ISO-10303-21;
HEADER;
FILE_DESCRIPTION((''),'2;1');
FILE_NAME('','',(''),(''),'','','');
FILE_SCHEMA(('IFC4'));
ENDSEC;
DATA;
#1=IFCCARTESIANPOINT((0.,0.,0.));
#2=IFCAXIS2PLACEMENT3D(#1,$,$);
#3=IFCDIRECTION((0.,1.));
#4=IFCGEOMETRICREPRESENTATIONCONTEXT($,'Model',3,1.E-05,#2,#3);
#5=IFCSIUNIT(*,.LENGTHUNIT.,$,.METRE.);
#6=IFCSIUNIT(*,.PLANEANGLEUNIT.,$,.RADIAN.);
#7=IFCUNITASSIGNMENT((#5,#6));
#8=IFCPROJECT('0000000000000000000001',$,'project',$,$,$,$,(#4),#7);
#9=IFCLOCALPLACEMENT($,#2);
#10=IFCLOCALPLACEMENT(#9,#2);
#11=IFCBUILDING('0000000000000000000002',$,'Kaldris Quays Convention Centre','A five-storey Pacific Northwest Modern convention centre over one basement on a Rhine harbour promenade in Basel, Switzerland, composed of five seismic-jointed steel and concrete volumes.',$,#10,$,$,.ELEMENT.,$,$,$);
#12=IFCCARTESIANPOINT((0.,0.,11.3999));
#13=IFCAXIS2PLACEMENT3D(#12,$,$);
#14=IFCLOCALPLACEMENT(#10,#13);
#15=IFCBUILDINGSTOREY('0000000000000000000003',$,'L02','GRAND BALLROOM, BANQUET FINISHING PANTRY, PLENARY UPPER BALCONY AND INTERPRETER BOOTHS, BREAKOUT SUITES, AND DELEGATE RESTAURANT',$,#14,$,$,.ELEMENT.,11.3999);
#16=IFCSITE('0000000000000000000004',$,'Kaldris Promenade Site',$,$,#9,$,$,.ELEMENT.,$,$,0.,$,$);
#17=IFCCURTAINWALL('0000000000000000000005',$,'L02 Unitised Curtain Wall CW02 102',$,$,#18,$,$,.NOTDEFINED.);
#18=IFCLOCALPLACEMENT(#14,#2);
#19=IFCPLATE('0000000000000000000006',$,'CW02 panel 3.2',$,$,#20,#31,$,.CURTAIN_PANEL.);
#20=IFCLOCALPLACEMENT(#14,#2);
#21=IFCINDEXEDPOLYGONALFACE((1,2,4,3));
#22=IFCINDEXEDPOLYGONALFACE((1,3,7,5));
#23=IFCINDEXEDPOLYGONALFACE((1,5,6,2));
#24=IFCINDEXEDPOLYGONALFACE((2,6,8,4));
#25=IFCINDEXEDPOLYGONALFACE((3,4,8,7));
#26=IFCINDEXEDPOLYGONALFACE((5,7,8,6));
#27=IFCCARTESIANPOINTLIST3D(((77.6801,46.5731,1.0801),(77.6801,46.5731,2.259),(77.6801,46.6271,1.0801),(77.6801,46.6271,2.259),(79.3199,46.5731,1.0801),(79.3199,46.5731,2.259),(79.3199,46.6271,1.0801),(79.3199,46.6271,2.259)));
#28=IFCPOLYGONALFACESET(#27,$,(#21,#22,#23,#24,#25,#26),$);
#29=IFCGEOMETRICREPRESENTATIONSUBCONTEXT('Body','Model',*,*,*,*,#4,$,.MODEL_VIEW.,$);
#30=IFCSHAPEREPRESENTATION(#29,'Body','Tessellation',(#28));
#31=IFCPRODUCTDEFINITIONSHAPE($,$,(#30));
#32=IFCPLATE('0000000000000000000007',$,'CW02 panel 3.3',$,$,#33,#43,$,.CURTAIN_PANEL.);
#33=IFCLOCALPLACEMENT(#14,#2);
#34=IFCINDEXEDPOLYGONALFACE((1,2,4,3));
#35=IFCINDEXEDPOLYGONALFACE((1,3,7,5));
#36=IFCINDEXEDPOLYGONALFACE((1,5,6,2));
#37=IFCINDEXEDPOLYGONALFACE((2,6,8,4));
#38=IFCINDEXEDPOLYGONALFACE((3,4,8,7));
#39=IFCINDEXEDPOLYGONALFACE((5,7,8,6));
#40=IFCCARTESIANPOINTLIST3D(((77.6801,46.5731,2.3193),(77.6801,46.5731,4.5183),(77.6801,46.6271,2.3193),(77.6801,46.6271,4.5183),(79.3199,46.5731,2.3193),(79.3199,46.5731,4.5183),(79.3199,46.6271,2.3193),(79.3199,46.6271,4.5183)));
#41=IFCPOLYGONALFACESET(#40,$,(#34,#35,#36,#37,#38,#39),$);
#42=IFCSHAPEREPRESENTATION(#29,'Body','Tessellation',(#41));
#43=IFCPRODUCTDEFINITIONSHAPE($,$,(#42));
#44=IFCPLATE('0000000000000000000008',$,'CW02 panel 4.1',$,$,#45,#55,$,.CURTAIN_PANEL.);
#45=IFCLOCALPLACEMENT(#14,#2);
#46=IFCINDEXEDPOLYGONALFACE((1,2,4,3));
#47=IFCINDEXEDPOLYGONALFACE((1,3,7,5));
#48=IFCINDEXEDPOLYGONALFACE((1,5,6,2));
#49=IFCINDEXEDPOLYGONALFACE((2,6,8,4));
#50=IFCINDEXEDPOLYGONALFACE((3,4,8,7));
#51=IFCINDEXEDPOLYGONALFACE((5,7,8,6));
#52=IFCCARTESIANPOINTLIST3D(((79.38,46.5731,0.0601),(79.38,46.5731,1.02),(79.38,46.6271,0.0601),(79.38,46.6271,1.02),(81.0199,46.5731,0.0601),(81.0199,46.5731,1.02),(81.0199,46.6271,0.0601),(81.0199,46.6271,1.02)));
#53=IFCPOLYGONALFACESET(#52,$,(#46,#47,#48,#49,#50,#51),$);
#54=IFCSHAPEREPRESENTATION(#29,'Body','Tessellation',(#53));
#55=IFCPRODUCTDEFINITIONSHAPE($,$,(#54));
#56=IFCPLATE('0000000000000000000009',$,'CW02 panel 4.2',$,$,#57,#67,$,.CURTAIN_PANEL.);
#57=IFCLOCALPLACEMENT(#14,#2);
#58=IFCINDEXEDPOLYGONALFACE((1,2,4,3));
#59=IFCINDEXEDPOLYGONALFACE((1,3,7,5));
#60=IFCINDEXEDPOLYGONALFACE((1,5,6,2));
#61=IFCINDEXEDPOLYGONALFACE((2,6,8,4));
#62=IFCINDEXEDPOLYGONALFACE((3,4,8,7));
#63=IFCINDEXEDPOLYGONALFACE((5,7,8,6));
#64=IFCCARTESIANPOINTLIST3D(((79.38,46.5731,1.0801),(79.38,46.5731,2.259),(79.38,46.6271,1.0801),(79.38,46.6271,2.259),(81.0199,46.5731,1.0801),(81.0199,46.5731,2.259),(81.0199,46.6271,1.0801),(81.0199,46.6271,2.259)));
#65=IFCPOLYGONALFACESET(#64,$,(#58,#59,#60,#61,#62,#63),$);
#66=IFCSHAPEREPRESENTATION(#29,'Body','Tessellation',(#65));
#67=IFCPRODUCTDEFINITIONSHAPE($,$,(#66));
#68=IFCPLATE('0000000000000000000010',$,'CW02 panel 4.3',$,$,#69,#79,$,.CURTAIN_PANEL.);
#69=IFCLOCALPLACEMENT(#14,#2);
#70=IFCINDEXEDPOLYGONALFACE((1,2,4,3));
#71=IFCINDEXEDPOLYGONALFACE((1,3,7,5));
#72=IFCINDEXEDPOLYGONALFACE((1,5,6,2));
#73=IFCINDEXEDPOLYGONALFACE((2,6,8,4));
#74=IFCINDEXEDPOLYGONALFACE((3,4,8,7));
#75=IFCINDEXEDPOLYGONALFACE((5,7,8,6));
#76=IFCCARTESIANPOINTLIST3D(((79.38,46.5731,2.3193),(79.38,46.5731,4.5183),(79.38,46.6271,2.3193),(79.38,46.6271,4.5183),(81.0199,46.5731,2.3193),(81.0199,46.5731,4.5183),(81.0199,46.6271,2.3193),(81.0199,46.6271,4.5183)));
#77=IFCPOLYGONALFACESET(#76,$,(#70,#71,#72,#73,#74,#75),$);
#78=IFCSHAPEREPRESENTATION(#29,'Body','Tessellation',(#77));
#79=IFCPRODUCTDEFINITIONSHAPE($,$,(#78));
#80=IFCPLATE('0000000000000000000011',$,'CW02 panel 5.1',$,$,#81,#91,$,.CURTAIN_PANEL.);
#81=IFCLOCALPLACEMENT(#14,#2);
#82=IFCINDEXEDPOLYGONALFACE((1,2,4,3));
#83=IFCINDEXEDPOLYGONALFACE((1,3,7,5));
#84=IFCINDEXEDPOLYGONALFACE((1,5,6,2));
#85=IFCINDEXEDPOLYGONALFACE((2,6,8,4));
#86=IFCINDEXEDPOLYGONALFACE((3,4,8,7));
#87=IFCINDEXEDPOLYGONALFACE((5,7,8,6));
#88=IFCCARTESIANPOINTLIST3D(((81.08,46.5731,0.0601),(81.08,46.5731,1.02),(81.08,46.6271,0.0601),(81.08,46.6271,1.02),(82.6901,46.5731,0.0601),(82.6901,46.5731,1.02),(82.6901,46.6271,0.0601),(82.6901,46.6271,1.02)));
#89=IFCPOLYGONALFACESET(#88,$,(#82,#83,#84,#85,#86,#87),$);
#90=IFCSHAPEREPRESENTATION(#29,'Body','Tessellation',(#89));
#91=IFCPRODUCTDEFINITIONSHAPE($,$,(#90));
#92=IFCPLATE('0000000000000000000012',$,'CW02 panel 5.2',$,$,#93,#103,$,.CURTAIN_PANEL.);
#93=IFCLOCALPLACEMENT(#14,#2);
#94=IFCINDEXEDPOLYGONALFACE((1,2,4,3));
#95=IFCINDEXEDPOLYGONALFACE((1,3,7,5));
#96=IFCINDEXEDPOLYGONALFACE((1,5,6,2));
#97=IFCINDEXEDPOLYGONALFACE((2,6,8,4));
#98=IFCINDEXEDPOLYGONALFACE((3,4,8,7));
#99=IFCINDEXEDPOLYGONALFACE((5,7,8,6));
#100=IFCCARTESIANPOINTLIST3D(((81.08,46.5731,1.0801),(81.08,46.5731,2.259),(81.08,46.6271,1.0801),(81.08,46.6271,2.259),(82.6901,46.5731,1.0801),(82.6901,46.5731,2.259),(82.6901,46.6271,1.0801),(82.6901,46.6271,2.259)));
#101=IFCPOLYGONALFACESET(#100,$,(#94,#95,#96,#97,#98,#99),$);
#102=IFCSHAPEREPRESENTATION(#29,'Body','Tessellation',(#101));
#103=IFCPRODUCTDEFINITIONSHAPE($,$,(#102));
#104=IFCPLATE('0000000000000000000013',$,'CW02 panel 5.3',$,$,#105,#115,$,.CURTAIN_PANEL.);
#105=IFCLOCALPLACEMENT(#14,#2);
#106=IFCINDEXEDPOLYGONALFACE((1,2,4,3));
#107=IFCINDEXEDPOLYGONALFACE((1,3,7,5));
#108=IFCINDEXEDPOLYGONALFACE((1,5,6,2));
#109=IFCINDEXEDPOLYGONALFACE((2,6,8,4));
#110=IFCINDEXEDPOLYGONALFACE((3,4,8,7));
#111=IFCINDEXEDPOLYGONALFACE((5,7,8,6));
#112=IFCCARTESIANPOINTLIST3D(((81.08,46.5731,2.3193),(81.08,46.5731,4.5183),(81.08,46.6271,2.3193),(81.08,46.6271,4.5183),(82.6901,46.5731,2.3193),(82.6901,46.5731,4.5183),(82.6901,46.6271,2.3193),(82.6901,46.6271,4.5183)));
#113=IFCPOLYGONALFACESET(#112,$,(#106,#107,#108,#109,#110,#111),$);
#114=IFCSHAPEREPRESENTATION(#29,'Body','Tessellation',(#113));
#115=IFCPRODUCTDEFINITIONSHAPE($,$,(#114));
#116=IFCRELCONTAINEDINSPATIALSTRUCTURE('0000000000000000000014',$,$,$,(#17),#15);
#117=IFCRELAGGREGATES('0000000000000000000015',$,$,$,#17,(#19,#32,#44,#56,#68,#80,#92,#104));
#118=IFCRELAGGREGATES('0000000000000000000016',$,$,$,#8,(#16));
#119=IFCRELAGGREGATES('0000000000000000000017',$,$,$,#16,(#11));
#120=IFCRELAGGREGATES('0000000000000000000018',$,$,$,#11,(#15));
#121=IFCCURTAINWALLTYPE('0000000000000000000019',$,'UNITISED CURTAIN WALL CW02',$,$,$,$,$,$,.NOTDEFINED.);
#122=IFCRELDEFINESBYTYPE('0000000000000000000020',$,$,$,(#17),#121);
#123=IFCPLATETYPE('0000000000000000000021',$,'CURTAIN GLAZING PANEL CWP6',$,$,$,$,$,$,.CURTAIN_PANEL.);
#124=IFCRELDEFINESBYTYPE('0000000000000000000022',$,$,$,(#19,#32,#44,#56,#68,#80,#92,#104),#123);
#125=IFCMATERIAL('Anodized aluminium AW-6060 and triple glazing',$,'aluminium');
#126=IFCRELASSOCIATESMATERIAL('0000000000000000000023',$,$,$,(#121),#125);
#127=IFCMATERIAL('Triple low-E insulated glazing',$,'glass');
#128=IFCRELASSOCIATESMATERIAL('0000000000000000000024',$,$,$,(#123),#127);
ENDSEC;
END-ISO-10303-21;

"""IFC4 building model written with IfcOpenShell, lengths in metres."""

from ifc_helpers import new_model, si_unit, direction, frame, origin, origin_2d, place, context, subcontext, project, spatial, rectangle, extrude, material, type_object, element, aggregate, save


model = new_model("IFC4")

# Units and contexts
model_context = context("Model", 3, precision=1e-05, world=origin(), true_north=direction((0.0, 1.0)))
body_context = subcontext(model_context, "Body", "Model", "MODEL_VIEW")
ifc_project = project(units=[si_unit("LENGTHUNIT", "METRE"), si_unit("PLANEANGLEUNIT", "RADIAN")], contexts=[model_context])

# Site, building, storey
site_placement = place(None, origin())
site = spatial("IfcSite", under=ifc_project, at=site_placement, Name="Kaldris Promenade Site", CompositionType="ELEMENT", RefElevation=0.0)
building_placement = place(site_placement, origin())
building = spatial("IfcBuilding", under=site, at=building_placement, Name="Kaldris Quays Convention Centre", Description="A five-storey Pacific Northwest Modern convention centre over one basement on a Rhine harbour promenade in Basel, Switzerland, composed of five seismic-jointed steel and concrete volumes.", CompositionType="ELEMENT")
storey_placement = place(building_placement, frame((0.0, 0.0, 11.3999)))
storey = spatial("IfcBuildingStorey", under=building, at=storey_placement, Name="L02", Description="GRAND BALLROOM, BANQUET FINISHING PANTRY, PLENARY UPPER BALCONY AND INTERPRETER BOOTHS, BREAKOUT SUITES, AND DELEGATE RESTAURANT", CompositionType="ELEMENT", Elevation=11.3999)

# Curtain wall
ifc_material_1 = material(Name="Anodized aluminium AW-6060 and triple glazing", Category="aluminium")
curtain_wall_type = type_object("IfcCurtainWallType", Name="UNITISED CURTAIN WALL CW02", PredefinedType="NOTDEFINED", material=ifc_material_1)
curtain_wall_placement = place(storey_placement, origin())
curtain_wall = element("IfcCurtainWall", 1, at=curtain_wall_placement, inside=storey, type_object=curtain_wall_type, Name="L02 Unitised Curtain Wall CW02 102", PredefinedType="NOTDEFINED")

# Plates
ifc_material_2 = material(Name="Triple low-E insulated glazing", Category="glass")
plate_type = type_object("IfcPlateType", Name="CURTAIN GLAZING PANEL CWP6", PredefinedType="CURTAIN_PANEL", material=ifc_material_2)
plate_1_placement = place(storey_placement, frame((78.5, 46.6001, 1.0801), z_axis=(0.0, 0.0, 1.0), x_axis=(1.0, 0.0, 0.0)))
plate_1 = element("IfcPlate", 2, at=plate_1_placement, type_object=plate_type, Name="CW02 panel 3.2", PredefinedType="CURTAIN_PANEL", context=body_context, shape_type="SweptSolid", body=[
    extrude(rectangle(XDim=1.6399, YDim=0.054, at=origin_2d()), origin(), (0.0, 0.0, 1.0), 1.179),
])
plate_2_placement = place(storey_placement, frame((78.5, 46.6001, 2.3193), z_axis=(0.0, 0.0, 1.0), x_axis=(1.0, 0.0, 0.0)))
plate_2 = element("IfcPlate", 3, at=plate_2_placement, type_object=plate_type, Name="CW02 panel 3.3", PredefinedType="CURTAIN_PANEL", context=body_context, shape_type="SweptSolid", body=[
    extrude(rectangle(XDim=1.6399, YDim=0.054, at=origin_2d()), origin(), (0.0, 0.0, 1.0), 2.199),
])
plate_3_placement = place(storey_placement, frame((80.2, 46.6001, 0.0601), z_axis=(0.0, 0.0, 1.0), x_axis=(1.0, 0.0, 0.0)))
plate_3 = element("IfcPlate", 4, at=plate_3_placement, type_object=plate_type, Name="CW02 panel 4.1", PredefinedType="CURTAIN_PANEL", context=body_context, shape_type="SweptSolid", body=[
    extrude(rectangle(XDim=1.6399, YDim=0.054, at=origin_2d()), origin(), (0.0, 0.0, 1.0), 0.96),
])
plate_4_placement = place(storey_placement, frame((80.2, 46.6001, 1.0801), z_axis=(0.0, 0.0, 1.0), x_axis=(1.0, 0.0, 0.0)))
plate_4 = element("IfcPlate", 5, at=plate_4_placement, type_object=plate_type, Name="CW02 panel 4.2", PredefinedType="CURTAIN_PANEL", context=body_context, shape_type="SweptSolid", body=[
    extrude(rectangle(XDim=1.6399, YDim=0.054, at=origin_2d()), origin(), (0.0, 0.0, 1.0), 1.179),
])
plate_5_placement = place(storey_placement, frame((80.2, 46.6001, 2.3193), z_axis=(0.0, 0.0, 1.0), x_axis=(1.0, 0.0, 0.0)))
plate_5 = element("IfcPlate", 6, at=plate_5_placement, type_object=plate_type, Name="CW02 panel 4.3", PredefinedType="CURTAIN_PANEL", context=body_context, shape_type="SweptSolid", body=[
    extrude(rectangle(XDim=1.6399, YDim=0.054, at=origin_2d()), origin(), (0.0, 0.0, 1.0), 2.199),
])
plate_6_placement = place(storey_placement, frame((81.885, 46.6001, 0.0601), z_axis=(0.0, 0.0, 1.0), x_axis=(1.0, 0.0, 0.0)))
plate_6 = element("IfcPlate", 7, at=plate_6_placement, type_object=plate_type, Name="CW02 panel 5.1", PredefinedType="CURTAIN_PANEL", context=body_context, shape_type="SweptSolid", body=[
    extrude(rectangle(XDim=1.6101, YDim=0.054, at=origin_2d()), origin(), (0.0, 0.0, 1.0), 0.96),
])
plate_7_placement = place(storey_placement, frame((81.885, 46.6001, 1.0801), z_axis=(0.0, 0.0, 1.0), x_axis=(1.0, 0.0, 0.0)))
plate_7 = element("IfcPlate", 8, at=plate_7_placement, type_object=plate_type, Name="CW02 panel 5.2", PredefinedType="CURTAIN_PANEL", context=body_context, shape_type="SweptSolid", body=[
    extrude(rectangle(XDim=1.6101, YDim=0.054, at=origin_2d()), origin(), (0.0, 0.0, 1.0), 1.179),
])
plate_8_placement = place(storey_placement, frame((81.885, 46.6001, 2.3193), z_axis=(0.0, 0.0, 1.0), x_axis=(1.0, 0.0, 0.0)))
plate_8 = element("IfcPlate", 9, at=plate_8_placement, type_object=plate_type, Name="CW02 panel 5.3", PredefinedType="CURTAIN_PANEL", context=body_context, shape_type="SweptSolid", body=[
    extrude(rectangle(XDim=1.6101, YDim=0.054, at=origin_2d()), origin(), (0.0, 0.0, 1.0), 2.199),
])
aggregate(curtain_wall, [plate_1, plate_2, plate_3, plate_4, plate_5, plate_6, plate_7, plate_8])

save(model, "model.ifc")
